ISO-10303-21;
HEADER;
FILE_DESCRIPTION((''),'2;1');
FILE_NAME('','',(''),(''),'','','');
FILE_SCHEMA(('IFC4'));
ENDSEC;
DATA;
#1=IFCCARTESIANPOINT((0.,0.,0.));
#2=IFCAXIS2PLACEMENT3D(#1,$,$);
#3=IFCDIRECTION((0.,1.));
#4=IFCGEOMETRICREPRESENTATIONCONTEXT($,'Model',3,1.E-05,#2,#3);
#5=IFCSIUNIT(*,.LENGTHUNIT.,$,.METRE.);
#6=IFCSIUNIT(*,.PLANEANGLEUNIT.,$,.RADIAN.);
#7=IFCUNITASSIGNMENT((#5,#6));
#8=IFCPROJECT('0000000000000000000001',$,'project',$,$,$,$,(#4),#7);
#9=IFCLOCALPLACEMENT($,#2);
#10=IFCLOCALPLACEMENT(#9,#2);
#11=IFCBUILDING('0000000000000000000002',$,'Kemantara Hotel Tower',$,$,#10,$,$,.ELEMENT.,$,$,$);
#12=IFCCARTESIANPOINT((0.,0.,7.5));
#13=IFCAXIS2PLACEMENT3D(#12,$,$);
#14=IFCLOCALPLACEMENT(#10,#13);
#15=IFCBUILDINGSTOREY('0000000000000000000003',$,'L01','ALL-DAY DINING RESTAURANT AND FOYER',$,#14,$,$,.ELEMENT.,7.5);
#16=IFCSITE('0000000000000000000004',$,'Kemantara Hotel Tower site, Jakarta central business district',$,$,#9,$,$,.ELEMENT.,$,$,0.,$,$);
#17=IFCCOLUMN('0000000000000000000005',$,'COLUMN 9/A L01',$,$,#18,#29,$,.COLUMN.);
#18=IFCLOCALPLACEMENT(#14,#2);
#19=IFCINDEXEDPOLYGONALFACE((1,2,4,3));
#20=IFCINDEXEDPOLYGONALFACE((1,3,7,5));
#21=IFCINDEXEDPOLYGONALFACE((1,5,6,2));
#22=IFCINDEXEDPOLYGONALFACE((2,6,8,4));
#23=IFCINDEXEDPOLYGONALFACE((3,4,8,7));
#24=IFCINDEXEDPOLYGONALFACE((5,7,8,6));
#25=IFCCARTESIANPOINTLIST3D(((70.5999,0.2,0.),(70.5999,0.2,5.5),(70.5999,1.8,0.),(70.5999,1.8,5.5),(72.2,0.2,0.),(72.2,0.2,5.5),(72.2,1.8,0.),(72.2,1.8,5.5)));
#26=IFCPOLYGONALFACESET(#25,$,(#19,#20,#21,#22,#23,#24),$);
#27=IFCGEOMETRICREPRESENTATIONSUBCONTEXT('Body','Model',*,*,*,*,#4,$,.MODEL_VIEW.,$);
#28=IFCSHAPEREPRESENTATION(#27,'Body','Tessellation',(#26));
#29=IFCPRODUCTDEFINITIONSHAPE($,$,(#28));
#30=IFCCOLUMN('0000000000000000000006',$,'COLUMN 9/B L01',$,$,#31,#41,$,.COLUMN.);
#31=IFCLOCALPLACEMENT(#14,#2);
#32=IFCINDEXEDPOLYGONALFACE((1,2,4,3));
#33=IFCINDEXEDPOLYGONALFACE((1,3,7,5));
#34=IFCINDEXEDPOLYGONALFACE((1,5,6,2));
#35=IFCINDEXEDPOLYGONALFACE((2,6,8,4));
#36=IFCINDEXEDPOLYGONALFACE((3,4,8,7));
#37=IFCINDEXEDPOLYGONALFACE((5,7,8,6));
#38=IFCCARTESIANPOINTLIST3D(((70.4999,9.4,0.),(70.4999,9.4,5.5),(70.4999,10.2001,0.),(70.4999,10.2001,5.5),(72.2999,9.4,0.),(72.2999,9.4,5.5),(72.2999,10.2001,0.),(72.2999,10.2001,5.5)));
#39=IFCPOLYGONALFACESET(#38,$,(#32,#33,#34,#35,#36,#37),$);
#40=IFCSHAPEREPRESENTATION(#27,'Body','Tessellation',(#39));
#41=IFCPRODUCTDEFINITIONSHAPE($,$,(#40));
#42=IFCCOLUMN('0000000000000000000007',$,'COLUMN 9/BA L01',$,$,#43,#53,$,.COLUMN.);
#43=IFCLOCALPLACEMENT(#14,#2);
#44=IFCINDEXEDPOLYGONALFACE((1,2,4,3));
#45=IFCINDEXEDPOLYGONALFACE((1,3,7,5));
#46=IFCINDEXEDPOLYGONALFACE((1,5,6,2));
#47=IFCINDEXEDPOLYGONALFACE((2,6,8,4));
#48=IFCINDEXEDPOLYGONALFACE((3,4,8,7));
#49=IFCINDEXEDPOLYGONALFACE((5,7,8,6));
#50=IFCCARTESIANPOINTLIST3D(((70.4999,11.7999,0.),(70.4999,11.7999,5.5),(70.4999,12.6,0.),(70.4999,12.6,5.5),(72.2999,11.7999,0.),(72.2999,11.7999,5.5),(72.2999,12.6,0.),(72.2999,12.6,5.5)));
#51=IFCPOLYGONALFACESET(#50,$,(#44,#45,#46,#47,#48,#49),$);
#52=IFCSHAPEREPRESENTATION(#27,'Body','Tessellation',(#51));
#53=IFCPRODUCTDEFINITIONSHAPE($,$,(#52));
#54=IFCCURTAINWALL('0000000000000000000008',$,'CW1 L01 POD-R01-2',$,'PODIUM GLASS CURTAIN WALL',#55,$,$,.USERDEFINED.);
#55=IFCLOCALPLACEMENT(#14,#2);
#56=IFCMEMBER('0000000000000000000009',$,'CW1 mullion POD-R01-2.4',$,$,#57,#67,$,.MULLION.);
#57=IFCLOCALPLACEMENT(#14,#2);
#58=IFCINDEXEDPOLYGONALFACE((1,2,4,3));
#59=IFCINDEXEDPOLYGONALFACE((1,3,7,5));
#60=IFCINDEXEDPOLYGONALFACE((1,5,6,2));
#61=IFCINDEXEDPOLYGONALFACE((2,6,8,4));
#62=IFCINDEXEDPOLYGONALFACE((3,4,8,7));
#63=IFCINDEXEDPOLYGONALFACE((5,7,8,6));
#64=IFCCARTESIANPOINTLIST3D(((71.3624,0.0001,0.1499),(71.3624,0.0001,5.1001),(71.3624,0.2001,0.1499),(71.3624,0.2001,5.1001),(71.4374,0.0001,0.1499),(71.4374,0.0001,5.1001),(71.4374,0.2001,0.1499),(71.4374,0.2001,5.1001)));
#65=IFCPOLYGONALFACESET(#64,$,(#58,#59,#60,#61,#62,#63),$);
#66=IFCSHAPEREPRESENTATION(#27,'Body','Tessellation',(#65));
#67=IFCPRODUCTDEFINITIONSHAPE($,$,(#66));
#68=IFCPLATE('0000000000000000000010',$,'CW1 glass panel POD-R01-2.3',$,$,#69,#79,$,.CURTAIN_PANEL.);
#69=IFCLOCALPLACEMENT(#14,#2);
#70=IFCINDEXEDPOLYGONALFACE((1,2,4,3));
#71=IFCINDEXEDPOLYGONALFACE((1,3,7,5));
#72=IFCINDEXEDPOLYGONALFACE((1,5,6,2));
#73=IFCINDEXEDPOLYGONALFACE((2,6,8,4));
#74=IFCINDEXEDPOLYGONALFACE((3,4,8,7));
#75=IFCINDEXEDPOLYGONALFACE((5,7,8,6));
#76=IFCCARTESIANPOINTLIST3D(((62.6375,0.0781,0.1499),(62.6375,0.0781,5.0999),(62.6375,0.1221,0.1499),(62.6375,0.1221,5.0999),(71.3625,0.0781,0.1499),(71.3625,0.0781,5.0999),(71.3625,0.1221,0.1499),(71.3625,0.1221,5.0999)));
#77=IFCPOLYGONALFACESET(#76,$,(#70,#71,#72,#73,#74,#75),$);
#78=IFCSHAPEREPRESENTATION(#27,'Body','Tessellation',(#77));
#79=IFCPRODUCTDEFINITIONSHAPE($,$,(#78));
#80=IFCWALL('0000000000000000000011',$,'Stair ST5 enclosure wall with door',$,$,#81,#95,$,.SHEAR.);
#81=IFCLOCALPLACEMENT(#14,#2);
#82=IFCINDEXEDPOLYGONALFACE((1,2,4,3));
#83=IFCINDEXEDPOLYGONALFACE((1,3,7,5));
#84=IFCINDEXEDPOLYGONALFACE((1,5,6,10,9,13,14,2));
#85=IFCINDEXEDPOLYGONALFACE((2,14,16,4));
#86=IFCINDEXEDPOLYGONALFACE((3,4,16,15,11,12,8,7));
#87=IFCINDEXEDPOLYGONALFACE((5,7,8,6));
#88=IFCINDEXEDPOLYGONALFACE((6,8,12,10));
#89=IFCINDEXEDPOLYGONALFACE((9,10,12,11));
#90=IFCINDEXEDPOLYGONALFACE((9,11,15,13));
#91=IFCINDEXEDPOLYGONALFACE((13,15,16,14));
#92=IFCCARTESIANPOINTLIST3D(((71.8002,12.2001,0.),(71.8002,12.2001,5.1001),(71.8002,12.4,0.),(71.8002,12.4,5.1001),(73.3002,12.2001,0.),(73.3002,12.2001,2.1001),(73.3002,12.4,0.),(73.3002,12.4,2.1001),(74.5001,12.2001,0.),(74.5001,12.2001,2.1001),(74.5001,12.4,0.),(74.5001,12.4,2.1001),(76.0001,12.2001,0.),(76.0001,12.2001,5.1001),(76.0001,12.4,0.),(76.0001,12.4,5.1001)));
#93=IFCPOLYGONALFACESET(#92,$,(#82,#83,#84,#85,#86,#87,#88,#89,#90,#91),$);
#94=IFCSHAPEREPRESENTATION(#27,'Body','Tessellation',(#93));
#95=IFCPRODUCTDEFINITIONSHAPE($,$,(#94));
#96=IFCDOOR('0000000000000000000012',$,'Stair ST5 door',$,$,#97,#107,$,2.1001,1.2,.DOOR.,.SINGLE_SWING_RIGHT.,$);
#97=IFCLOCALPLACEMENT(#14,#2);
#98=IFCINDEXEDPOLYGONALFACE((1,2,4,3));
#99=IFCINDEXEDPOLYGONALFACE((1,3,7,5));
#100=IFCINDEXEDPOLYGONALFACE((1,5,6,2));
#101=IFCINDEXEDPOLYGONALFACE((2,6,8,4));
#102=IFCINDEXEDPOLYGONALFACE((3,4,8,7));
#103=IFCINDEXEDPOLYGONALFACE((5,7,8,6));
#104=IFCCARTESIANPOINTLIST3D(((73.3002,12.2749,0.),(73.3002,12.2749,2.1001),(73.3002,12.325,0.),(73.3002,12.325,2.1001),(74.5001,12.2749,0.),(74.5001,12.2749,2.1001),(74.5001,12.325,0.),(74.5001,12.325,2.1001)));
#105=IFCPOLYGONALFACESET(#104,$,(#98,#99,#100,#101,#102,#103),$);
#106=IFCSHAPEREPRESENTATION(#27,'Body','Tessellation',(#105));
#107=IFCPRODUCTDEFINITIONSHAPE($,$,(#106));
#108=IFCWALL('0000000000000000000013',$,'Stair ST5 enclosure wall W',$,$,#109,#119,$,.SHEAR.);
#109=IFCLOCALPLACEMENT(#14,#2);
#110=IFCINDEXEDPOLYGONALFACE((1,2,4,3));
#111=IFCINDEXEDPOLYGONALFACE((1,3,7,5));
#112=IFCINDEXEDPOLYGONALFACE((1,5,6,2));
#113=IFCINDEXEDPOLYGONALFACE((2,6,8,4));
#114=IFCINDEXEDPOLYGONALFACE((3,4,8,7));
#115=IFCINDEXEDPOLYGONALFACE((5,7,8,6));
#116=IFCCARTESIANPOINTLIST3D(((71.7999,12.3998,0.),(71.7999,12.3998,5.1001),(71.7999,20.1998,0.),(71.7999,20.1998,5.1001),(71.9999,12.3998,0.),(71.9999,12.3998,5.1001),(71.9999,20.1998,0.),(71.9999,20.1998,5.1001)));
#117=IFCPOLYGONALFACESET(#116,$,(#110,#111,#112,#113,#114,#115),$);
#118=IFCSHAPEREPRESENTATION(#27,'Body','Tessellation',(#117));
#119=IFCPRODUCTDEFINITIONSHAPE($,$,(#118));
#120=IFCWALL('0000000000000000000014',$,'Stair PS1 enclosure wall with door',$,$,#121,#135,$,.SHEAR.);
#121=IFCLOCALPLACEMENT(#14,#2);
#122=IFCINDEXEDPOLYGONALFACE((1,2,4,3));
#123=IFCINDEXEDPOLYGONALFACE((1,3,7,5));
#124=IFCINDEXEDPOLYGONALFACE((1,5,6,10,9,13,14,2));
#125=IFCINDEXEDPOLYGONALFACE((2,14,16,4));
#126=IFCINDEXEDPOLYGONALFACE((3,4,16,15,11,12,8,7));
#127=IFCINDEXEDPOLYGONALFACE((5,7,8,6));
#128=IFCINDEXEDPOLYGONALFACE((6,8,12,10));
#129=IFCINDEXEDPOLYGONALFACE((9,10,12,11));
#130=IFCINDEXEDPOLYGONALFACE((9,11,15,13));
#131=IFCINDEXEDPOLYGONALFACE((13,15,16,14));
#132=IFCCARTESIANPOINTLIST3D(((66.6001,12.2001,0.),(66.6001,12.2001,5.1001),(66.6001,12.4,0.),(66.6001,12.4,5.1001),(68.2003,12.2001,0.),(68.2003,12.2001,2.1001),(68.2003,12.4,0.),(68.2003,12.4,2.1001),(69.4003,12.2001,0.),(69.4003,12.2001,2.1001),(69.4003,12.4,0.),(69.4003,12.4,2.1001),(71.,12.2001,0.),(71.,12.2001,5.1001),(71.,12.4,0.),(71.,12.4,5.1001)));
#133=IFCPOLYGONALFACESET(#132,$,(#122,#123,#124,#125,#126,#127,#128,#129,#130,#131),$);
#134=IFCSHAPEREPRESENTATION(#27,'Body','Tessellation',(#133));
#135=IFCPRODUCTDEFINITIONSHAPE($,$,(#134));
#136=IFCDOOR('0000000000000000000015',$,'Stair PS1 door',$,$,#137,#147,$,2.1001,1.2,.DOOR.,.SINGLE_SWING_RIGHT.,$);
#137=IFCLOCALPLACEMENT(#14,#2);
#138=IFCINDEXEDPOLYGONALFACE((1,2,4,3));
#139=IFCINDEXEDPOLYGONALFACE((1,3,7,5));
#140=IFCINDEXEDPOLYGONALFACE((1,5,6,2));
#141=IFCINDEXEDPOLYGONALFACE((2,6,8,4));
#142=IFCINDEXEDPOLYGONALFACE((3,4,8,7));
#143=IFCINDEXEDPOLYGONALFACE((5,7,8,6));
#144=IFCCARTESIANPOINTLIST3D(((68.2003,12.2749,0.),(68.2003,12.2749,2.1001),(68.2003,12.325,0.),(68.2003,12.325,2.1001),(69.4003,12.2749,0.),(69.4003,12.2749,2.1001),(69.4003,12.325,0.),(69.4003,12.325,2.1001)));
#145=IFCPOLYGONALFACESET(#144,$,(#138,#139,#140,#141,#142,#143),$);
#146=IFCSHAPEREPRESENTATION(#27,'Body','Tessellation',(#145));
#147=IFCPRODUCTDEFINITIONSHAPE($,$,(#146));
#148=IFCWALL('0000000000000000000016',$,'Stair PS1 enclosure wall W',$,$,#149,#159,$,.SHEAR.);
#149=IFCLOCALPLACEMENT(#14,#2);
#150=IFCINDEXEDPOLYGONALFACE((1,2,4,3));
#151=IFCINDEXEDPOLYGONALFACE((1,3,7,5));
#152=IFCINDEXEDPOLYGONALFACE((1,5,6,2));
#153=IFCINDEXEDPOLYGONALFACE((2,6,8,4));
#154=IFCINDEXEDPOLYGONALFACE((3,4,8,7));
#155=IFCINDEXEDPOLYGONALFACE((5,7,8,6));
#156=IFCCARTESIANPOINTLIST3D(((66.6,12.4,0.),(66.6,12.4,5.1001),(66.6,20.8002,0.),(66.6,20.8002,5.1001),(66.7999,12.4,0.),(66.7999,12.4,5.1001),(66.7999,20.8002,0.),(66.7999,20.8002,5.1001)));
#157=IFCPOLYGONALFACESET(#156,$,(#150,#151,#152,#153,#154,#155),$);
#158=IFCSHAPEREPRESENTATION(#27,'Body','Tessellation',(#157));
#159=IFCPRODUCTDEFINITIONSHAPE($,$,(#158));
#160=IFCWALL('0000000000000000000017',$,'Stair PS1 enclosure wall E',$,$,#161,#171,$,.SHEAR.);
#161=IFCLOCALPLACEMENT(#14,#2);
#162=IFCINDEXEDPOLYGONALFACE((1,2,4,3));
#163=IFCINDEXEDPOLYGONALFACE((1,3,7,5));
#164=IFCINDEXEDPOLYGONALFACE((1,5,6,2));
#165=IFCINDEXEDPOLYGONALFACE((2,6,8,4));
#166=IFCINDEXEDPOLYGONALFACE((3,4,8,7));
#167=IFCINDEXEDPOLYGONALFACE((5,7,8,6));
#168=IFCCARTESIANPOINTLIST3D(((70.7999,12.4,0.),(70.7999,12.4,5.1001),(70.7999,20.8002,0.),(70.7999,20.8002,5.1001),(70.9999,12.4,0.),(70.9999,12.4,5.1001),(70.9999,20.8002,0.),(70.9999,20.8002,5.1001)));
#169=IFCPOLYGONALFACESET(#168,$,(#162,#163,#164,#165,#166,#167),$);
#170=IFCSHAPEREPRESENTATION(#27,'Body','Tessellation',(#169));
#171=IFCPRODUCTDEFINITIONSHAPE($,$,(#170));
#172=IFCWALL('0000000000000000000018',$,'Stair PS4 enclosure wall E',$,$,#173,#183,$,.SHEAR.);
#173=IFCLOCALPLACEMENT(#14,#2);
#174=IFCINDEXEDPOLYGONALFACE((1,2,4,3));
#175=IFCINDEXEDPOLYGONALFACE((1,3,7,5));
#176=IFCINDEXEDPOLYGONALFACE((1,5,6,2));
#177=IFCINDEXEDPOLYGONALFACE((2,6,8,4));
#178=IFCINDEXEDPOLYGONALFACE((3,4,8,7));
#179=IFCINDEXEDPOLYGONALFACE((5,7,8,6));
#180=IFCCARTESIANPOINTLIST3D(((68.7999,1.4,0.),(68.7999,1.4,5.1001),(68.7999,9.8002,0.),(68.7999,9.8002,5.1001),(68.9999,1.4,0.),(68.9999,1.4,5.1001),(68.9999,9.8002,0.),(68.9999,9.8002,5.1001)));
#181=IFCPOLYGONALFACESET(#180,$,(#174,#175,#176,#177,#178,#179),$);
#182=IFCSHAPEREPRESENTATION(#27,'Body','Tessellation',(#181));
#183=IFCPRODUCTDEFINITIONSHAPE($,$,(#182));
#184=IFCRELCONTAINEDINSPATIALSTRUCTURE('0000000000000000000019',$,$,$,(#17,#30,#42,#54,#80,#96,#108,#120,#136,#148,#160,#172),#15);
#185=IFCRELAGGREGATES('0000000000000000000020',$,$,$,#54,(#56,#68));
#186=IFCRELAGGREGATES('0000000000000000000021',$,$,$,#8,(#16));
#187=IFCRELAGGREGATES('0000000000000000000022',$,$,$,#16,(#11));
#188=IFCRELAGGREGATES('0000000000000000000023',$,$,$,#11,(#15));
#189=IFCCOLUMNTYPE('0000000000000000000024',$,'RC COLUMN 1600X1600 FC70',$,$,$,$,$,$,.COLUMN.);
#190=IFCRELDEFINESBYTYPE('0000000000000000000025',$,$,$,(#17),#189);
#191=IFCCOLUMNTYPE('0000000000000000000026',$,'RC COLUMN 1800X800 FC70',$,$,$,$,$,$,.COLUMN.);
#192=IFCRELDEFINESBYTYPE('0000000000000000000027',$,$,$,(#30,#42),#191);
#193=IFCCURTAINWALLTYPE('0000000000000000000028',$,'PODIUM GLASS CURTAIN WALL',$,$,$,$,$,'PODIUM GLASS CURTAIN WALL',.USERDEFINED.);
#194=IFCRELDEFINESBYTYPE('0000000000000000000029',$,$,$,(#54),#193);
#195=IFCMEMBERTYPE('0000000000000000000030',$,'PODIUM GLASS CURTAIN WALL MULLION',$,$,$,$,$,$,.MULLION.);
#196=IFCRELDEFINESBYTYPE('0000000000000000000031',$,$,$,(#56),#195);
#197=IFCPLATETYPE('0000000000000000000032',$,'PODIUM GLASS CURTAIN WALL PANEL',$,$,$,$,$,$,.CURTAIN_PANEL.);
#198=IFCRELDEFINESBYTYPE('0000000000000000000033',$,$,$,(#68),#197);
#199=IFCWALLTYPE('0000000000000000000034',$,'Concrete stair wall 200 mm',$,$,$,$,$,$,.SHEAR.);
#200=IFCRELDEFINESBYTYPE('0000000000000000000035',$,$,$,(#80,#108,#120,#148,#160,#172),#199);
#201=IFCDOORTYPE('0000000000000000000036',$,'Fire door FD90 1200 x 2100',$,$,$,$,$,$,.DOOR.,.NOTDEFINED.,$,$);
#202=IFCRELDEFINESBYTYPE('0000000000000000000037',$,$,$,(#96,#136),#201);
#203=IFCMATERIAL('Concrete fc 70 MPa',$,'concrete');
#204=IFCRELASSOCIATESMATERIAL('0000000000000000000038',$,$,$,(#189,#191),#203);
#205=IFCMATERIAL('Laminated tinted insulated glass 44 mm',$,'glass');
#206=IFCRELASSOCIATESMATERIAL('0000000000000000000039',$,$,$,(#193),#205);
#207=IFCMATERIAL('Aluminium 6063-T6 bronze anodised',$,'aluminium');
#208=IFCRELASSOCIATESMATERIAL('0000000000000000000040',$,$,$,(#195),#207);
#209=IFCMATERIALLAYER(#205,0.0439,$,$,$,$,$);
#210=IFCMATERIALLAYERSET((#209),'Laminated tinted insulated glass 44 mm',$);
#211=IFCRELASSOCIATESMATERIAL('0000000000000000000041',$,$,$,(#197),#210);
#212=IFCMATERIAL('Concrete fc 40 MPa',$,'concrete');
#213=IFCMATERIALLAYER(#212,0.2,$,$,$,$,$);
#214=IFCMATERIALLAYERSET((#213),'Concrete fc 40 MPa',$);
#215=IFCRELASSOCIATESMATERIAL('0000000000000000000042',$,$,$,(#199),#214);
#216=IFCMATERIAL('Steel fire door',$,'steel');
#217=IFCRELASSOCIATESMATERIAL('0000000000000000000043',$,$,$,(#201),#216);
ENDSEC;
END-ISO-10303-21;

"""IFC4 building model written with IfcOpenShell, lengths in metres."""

from ifc_helpers import new_model, si_unit, direction, frame, frame_2d, origin, origin_2d, place, context, subcontext, project, spatial, rectangle, extrude, source, transform, mapped, material, layer, layer_set, material_profile, profile_set, type_object, element, fill, aggregate, save


model = new_model("IFC4")

# Units and contexts
model_context = context("Model", 3, precision=1e-05, world=origin(), true_north=direction((0.0, 1.0)))
body_context = subcontext(model_context, "Body", "Model", "MODEL_VIEW")
ifc_project = project(units=[si_unit("LENGTHUNIT", "METRE"), si_unit("PLANEANGLEUNIT", "RADIAN")], contexts=[model_context])

# Site, building, storey
site_placement = place(None, origin())
site = spatial("IfcSite", under=ifc_project, at=site_placement, Name="Kemantara Hotel Tower site, Jakarta central business district", CompositionType="ELEMENT", RefElevation=0.0)
building_placement = place(site_placement, origin())
building = spatial("IfcBuilding", under=site, at=building_placement, Name="Kemantara Hotel Tower", CompositionType="ELEMENT")
storey_placement = place(building_placement, frame((0.0, 0.0, 7.5)))
storey = spatial("IfcBuildingStorey", under=building, at=storey_placement, Name="L01", Description="ALL-DAY DINING RESTAURANT AND FOYER", CompositionType="ELEMENT", Elevation=7.5)

# Columns
ifc_material_1 = material(Name="Concrete fc 70 MPa", Category="concrete")
ifc_material_profile_1 = material_profile(ifc_material_1, rectangle(XDim=1.6001, YDim=1.6001, at=origin_2d()), Name="RC 1600X1600")
ifc_profile_set_1 = profile_set([ifc_material_profile_1], Name="Concrete fc 70 MPa")
column_type_1 = type_object("IfcColumnType", Name="RC COLUMN 1600X1600 FC70", PredefinedType="COLUMN", material=ifc_profile_set_1)
column_placement = place(storey_placement, frame((71.3999, 1.0, 0.0), z_axis=(0.0, 0.0, 1.0), x_axis=(1.0, 0.0, 0.0)))
element("IfcColumn", 1, at=column_placement, inside=storey, type_object=column_type_1, Name="COLUMN 9/A L01", PredefinedType="COLUMN", context=body_context, shape_type="SweptSolid", body=[
    extrude(rectangle(XDim=1.6001, YDim=1.6001, at=origin_2d()), origin(), (0.0, 0.0, 1.0), 5.5),
])
ifc_material_profile_2 = material_profile(ifc_material_1, rectangle(XDim=1.8, YDim=0.8, at=origin_2d()), Name="RC 1800X800")
ifc_profile_set_2 = profile_set([ifc_material_profile_2], Name="Concrete fc 70 MPa")
column_type_2 = type_object("IfcColumnType", Name="RC COLUMN 1800X800 FC70", PredefinedType="COLUMN", material=ifc_profile_set_2)
for number, where, z_axis, x_axis, name in (
    (2, (71.3999, 9.8, 0.0), (0.0, 0.0, 1.0), (1.0, 0.0, 0.0), "COLUMN 9/B L01"),
    (3, (71.3999, 12.2, 0.0), (0.0, 0.0, 1.0), (1.0, 0.0, 0.0), "COLUMN 9/BA L01"),
):
    element("IfcColumn", number, at=place(storey_placement, frame(where, z_axis=z_axis, x_axis=x_axis)), inside=storey, type_object=column_type_2, Name=name, PredefinedType="COLUMN", context=body_context, shape_type="SweptSolid", body=[
        extrude(rectangle(XDim=1.8, YDim=0.8, at=origin_2d()), origin(), (0.0, 0.0, 1.0), 5.5),
    ])

# Curtain wall, member, plate
ifc_material_2 = material(Name="Laminated tinted insulated glass 44 mm", Category="glass")
curtain_wall_type = type_object("IfcCurtainWallType", Name="PODIUM GLASS CURTAIN WALL", ElementType="PODIUM GLASS CURTAIN WALL", PredefinedType="USERDEFINED", material=ifc_material_2)
curtain_wall_placement = place(storey_placement, origin())
curtain_wall = element("IfcCurtainWall", 4, at=curtain_wall_placement, inside=storey, type_object=curtain_wall_type, Name="CW1 L01 POD-R01-2", ObjectType="PODIUM GLASS CURTAIN WALL", PredefinedType="USERDEFINED")
ifc_material_3 = material(Name="Aluminium 6063-T6 bronze anodised", Category="aluminium")
ifc_material_profile_3 = material_profile(ifc_material_3, rectangle(XDim=0.2, YDim=0.075, at=origin_2d()), Name="PODIUM GLASS CURTAIN WALL MULLION")
ifc_profile_set_3 = profile_set([ifc_material_profile_3], Name="Aluminium 6063-T6 bronze anodised")
member_type = type_object("IfcMemberType", Name="PODIUM GLASS CURTAIN WALL MULLION", PredefinedType="MULLION", material=ifc_profile_set_3)
shared_shape_1 = source(origin(), body_context, "Body", "SweptSolid", [
    extrude(rectangle(XDim=0.2, YDim=0.075, at=origin_2d()), origin(), (0.0, 0.0, 1.0), 4.9502),
])
member_placement = place(storey_placement, frame((71.3999, 0.1001, 0.1499), z_axis=(0.0, 0.0, 1.0), x_axis=(0.0, 1.0, 0.0)))
member = element("IfcMember", 5, at=member_placement, type_object=member_type, Name="CW1 mullion POD-R01-2.4", PredefinedType="MULLION", context=body_context, shape_type="MappedRepresentation", body=[
    mapped(shared_shape_1, transform((0.0, 0.0, 0.0))),
])
ifc_layer_1 = layer(ifc_material_2, 0.0439)
ifc_layer_set_1 = layer_set([ifc_layer_1], Name="Laminated tinted insulated glass 44 mm")
plate_type = type_object("IfcPlateType", Name="PODIUM GLASS CURTAIN WALL PANEL", PredefinedType="CURTAIN_PANEL", material=ifc_layer_set_1)
shared_shape_2 = source(origin(), body_context, "Body", "SweptSolid", [
    extrude(rectangle(XDim=8.7251, YDim=0.0439, at=origin_2d()), origin(), (0.0, 0.0, 1.0), 4.95),
])
plate_placement = place(storey_placement, frame((67.0, 0.1001, 0.1499), z_axis=(0.0, 0.0, 1.0), x_axis=(1.0, 0.0, 0.0)))
plate = element("IfcPlate", 6, at=plate_placement, type_object=plate_type, Name="CW1 glass panel POD-R01-2.3", PredefinedType="CURTAIN_PANEL", context=body_context, shape_type="MappedRepresentation", body=[
    mapped(shared_shape_2, transform((0.0, 0.0, 0.0))),
])
aggregate(curtain_wall, [member, plate])

# Wall, opening, door
ifc_material_4 = material(Name="Concrete fc 40 MPa", Category="concrete")
ifc_layer_2 = layer(ifc_material_4, 0.2)
ifc_layer_set_2 = layer_set([ifc_layer_2], Name="Concrete fc 40 MPa")
wall_type_1 = type_object("IfcWallType", Name="Concrete stair wall 200 mm", PredefinedType="SHEAR", material=ifc_layer_set_2)
wall_1_placement = place(storey_placement, frame((71.8, 12.3, 0.0), z_axis=(0.0, 0.0, 1.0), x_axis=(1.0, 0.0, 0.0)))
wall_1 = element("IfcWall", 7, at=wall_1_placement, inside=storey, type_object=wall_type_1, Name="Stair ST5 enclosure wall with door", PredefinedType="SHEAR", context=body_context, shape_type="SweptSolid", body=[
    extrude(rectangle(XDim=4.2, YDim=0.2, at=frame_2d((2.1001, 0.0))), origin(), (0.0, 0.0, 1.0), 5.1001),
])
opening_1_placement = place(wall_1_placement, frame((1.5, 0.0, 0.0)))
opening_1 = element("IfcOpeningElement", 8, at=opening_1_placement, cuts=wall_1, PredefinedType="OPENING", context=body_context, shape_type="SweptSolid", body=[
    extrude(rectangle(XDim=1.2, YDim=2.1001, at=frame_2d((0.6001, 1.05))), frame((0.0, 0.1099, 0.0), z_axis=(0.0, -1.0, 0.0), x_axis=(1.0, 0.0, 0.0)), (0.0, 0.0, 1.0), 0.22),
])
ifc_material_5 = material(Name="Steel fire door", Category="steel")
door_type_1 = type_object("IfcDoorType", Name="Fire door FD90 1200 x 2100", OperationType="NOTDEFINED", PredefinedType="DOOR", material=ifc_material_5)
door_1_placement = place(opening_1_placement, origin())
door_1 = element("IfcDoor", 9, at=door_1_placement, inside=storey, type_object=door_type_1, Name="Stair ST5 door", OperationType="SINGLE_SWING_RIGHT", OverallHeight=2.1001, OverallWidth=1.2, PredefinedType="DOOR", context=body_context, shape_type="SweptSolid", body=[
    extrude(rectangle(XDim=1.2, YDim=2.1001, at=frame_2d((0.6001, 1.05))), frame((0.0, 0.0249, 0.0), z_axis=(0.0, -1.0, 0.0), x_axis=(1.0, 0.0, 0.0)), (0.0, 0.0, 1.0), 0.05),
])
fill(opening_1, door_1)

# Wall
wall_2_placement = place(storey_placement, frame((71.8999, 12.3999, 0.0), z_axis=(0.0, 0.0, 1.0), x_axis=(0.0, 1.0, 0.0)))
element("IfcWall", 10, at=wall_2_placement, inside=storey, type_object=wall_type_1, Name="Stair ST5 enclosure wall W", PredefinedType="SHEAR", context=body_context, shape_type="SweptSolid", body=[
    extrude(rectangle(XDim=7.8, YDim=0.2, at=frame_2d((3.8999, 0.0))), origin(), (0.0, 0.0, 1.0), 5.1001),
])

# Wall, opening, door
wall_3_placement = place(storey_placement, frame((66.6001, 12.3, 0.0), z_axis=(0.0, 0.0, 1.0), x_axis=(1.0, 0.0, 0.0)))
wall_3 = element("IfcWall", 11, at=wall_3_placement, inside=storey, type_object=wall_type_1, Name="Stair PS1 enclosure wall with door", PredefinedType="SHEAR", context=body_context, shape_type="SweptSolid", body=[
    extrude(rectangle(XDim=4.3999, YDim=0.2, at=frame_2d((2.2, 0.0))), origin(), (0.0, 0.0, 1.0), 5.1001),
])
opening_2_placement = place(wall_3_placement, frame((1.6001, 0.0, 0.0)))
opening_2 = element("IfcOpeningElement", 12, at=opening_2_placement, cuts=wall_3, PredefinedType="OPENING", context=body_context, shape_type="SweptSolid", body=[
    extrude(rectangle(XDim=1.2, YDim=2.1001, at=frame_2d((0.6001, 1.05))), frame((0.0, 0.1099, 0.0), z_axis=(0.0, -1.0, 0.0), x_axis=(1.0, 0.0, 0.0)), (0.0, 0.0, 1.0), 0.22),
])
door_2_placement = place(opening_2_placement, origin())
door_2 = element("IfcDoor", 13, at=door_2_placement, inside=storey, type_object=door_type_1, Name="Stair PS1 door", OperationType="SINGLE_SWING_RIGHT", OverallHeight=2.1001, OverallWidth=1.2, PredefinedType="DOOR", context=body_context, shape_type="SweptSolid", body=[
    extrude(rectangle(XDim=1.2, YDim=2.1001, at=frame_2d((0.6001, 1.05))), frame((0.0, 0.0249, 0.0), z_axis=(0.0, -1.0, 0.0), x_axis=(1.0, 0.0, 0.0)), (0.0, 0.0, 1.0), 0.05),
])
fill(opening_2, door_2)

# Walls
for number, where, z_axis, x_axis, name in (
    (14, (66.7, 12.3999, 0.0), (0.0, 0.0, 1.0), (0.0, 1.0, 0.0), "Stair PS1 enclosure wall W"),
    (15, (70.8999, 12.3999, 0.0), (0.0, 0.0, 1.0), (0.0, 1.0, 0.0), "Stair PS1 enclosure wall E"),
    (16, (68.8999, 1.3999, 0.0), (0.0, 0.0, 1.0), (0.0, 1.0, 0.0), "Stair PS4 enclosure wall E"),
):
    element("IfcWall", number, at=place(storey_placement, frame(where, z_axis=z_axis, x_axis=x_axis)), inside=storey, type_object=wall_type_1, Name=name, PredefinedType="SHEAR", context=body_context, shape_type="SweptSolid", body=[
        extrude(rectangle(XDim=8.4001, YDim=0.2, at=frame_2d((4.2002, 0.0))), origin(), (0.0, 0.0, 1.0), 5.1001),
    ])

save(model, "model.ifc")
